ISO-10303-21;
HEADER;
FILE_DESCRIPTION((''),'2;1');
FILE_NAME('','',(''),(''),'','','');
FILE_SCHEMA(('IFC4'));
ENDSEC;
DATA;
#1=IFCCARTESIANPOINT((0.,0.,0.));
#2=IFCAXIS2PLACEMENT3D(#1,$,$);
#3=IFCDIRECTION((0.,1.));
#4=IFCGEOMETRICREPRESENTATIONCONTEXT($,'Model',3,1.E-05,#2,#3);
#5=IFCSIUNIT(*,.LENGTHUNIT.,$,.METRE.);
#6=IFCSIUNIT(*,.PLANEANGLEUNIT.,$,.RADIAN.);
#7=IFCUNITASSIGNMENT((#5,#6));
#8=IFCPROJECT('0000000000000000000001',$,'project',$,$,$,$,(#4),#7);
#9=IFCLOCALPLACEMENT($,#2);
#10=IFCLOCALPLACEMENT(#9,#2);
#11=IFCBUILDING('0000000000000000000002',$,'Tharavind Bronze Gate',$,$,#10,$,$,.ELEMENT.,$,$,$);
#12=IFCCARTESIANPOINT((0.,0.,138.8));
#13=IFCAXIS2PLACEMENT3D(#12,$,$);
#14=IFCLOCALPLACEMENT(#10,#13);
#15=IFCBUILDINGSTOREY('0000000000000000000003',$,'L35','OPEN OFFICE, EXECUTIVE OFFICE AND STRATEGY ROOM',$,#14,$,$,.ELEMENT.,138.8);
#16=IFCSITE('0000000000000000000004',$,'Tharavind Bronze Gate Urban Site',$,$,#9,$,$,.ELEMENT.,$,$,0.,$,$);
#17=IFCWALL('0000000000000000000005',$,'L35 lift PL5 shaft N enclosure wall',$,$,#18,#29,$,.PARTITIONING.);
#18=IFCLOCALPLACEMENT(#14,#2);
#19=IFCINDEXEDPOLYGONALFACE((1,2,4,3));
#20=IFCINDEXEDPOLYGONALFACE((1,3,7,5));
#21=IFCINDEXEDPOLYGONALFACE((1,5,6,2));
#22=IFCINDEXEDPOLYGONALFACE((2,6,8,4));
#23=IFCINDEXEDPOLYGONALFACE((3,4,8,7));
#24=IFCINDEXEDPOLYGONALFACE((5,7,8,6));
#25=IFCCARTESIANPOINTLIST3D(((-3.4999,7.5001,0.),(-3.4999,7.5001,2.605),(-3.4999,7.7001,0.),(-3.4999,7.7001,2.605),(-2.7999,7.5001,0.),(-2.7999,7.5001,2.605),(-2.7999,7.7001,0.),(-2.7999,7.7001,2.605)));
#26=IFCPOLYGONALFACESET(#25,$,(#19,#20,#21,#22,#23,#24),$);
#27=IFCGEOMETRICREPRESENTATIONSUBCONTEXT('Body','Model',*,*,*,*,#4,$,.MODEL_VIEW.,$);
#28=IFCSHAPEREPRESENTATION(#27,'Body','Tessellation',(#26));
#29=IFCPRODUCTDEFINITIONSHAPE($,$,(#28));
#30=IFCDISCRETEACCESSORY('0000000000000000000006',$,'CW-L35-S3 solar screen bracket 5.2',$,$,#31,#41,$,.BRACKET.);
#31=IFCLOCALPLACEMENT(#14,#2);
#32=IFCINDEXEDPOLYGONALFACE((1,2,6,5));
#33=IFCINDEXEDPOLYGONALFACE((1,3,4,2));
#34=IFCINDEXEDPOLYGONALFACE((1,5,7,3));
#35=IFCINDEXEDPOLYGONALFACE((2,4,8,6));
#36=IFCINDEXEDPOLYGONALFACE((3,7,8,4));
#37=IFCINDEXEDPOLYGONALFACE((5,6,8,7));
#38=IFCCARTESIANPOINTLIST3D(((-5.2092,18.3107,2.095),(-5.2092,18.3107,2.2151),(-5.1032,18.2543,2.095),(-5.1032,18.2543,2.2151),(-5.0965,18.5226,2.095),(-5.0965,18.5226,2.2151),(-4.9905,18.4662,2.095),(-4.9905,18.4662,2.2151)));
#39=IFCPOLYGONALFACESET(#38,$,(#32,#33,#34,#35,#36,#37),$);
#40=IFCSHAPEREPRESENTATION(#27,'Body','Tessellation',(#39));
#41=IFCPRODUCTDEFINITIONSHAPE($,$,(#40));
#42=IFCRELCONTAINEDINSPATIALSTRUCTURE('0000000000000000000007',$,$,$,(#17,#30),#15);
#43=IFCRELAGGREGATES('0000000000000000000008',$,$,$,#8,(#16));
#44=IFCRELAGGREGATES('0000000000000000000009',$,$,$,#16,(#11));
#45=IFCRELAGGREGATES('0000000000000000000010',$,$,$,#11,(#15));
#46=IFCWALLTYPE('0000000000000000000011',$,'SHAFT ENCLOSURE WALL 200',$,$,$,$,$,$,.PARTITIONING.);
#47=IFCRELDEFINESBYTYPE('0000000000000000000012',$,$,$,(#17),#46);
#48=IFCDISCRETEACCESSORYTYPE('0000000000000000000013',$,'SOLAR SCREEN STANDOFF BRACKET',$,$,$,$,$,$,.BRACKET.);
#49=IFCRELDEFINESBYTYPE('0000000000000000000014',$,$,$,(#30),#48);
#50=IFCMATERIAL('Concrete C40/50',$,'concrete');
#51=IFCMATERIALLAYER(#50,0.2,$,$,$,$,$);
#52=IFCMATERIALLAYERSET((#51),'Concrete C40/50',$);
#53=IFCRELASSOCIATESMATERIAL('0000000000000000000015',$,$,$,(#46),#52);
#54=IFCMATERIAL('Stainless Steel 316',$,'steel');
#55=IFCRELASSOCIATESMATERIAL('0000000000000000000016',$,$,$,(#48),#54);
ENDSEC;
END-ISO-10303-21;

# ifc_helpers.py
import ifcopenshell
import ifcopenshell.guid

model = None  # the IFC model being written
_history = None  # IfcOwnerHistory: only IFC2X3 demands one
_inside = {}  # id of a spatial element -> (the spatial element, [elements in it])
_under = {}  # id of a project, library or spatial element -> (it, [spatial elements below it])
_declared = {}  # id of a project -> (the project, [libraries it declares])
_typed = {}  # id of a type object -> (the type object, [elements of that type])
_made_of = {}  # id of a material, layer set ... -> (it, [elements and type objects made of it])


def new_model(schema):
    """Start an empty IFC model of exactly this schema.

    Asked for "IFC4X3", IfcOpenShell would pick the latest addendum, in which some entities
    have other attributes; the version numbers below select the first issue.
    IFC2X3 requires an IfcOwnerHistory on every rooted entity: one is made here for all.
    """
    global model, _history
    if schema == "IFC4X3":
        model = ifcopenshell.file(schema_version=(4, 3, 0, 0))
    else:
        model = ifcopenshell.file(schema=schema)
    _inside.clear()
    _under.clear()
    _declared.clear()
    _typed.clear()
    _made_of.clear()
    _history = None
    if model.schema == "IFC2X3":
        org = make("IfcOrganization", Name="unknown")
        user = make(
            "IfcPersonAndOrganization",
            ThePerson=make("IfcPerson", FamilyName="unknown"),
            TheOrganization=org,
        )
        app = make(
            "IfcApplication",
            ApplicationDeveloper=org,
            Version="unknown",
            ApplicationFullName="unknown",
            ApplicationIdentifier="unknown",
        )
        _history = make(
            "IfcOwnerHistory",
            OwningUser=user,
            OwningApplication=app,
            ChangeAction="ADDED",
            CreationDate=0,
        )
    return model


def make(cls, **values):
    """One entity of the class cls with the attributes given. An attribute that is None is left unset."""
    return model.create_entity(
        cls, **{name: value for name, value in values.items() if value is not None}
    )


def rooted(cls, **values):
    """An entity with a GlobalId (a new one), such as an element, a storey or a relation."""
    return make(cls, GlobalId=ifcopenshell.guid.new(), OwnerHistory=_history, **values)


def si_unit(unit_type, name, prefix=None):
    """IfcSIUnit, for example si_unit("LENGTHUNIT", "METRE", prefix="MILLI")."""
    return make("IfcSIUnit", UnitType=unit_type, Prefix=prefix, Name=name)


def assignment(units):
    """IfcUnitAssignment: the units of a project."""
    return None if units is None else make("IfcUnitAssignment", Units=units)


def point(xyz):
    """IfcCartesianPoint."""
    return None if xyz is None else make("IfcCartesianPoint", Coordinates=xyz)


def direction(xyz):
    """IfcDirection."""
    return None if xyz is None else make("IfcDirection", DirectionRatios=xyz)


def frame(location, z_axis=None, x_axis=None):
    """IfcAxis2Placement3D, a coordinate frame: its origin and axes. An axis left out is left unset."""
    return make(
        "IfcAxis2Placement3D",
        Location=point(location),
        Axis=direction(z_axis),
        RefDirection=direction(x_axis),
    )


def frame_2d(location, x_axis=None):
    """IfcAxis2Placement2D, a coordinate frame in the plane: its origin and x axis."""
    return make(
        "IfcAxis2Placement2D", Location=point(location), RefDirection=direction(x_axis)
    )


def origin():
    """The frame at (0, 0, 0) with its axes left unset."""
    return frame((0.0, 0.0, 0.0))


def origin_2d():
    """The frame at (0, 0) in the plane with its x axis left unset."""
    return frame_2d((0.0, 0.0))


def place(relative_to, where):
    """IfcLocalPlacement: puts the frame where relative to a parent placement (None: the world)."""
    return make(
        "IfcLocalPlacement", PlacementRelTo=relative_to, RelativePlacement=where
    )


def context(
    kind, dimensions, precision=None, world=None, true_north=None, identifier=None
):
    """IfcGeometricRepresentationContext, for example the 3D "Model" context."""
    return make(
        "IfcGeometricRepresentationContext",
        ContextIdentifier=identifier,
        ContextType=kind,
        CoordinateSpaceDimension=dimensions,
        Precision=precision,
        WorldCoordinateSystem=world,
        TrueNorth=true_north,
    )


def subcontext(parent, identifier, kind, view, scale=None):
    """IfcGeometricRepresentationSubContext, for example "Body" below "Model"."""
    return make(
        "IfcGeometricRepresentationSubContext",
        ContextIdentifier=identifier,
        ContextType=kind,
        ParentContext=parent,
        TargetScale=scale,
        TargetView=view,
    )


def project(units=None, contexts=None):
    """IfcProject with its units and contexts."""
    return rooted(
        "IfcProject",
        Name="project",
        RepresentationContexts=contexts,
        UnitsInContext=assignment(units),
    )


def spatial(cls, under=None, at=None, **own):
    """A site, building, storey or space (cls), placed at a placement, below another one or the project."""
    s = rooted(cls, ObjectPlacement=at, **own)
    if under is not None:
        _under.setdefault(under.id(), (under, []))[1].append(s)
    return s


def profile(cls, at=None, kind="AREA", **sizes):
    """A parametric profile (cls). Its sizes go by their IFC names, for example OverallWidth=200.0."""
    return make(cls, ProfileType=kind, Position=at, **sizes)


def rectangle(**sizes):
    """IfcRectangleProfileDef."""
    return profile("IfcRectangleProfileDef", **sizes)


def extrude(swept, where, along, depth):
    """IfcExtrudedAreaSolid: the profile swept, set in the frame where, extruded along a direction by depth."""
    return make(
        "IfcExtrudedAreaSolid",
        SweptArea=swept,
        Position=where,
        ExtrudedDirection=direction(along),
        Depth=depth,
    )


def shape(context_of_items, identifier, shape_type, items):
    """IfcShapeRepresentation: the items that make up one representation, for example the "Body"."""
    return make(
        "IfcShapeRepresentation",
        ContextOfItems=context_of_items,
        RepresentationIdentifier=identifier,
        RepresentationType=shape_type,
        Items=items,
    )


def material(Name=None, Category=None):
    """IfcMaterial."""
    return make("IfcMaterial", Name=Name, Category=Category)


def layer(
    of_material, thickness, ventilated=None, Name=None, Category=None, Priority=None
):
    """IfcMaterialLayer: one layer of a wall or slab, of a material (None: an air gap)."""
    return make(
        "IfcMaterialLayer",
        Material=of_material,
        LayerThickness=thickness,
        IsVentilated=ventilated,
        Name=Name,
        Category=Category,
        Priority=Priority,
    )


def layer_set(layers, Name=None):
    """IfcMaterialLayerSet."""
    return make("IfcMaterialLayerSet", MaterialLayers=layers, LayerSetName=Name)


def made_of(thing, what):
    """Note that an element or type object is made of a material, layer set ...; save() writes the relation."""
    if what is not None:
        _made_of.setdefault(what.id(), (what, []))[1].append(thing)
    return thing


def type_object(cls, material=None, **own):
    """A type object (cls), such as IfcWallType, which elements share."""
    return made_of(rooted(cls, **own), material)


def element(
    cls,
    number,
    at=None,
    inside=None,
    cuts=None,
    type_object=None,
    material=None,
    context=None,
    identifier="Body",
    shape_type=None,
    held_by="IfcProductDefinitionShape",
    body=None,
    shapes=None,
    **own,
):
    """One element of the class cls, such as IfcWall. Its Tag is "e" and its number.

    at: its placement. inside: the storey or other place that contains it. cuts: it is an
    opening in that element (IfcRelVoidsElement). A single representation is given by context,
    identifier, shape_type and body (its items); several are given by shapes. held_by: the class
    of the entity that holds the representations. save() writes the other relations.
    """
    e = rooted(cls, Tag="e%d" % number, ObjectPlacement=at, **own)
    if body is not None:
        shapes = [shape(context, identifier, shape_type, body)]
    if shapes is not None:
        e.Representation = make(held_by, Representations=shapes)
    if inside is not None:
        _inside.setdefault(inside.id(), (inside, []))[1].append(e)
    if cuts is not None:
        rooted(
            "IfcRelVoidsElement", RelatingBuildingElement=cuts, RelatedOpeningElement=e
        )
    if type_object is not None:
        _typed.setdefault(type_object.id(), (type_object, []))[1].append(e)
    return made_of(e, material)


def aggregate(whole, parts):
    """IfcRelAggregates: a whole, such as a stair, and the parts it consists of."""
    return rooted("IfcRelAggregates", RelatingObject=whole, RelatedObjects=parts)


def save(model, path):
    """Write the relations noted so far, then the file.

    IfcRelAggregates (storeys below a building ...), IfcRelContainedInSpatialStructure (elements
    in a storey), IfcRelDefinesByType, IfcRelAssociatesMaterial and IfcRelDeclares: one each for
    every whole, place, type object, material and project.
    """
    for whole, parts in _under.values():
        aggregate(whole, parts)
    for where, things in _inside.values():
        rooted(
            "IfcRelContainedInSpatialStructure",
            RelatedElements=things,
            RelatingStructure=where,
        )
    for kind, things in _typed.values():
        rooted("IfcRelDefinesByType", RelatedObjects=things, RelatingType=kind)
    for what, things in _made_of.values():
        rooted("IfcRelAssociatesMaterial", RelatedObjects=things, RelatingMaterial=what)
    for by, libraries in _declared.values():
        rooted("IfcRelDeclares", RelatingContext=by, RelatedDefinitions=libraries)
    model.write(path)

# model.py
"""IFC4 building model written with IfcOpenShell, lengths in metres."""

from ifc_helpers import new_model, si_unit, direction, frame, frame_2d, origin, origin_2d, place, context, subcontext, project, spatial, rectangle, extrude, material, layer, layer_set, type_object, element, save


model = new_model("IFC4")

# Units and contexts
model_context = context("Model", 3, precision=1e-05, world=origin(), true_north=direction((0.0, 1.0)))
body_context = subcontext(model_context, "Body", "Model", "MODEL_VIEW")
ifc_project = project(units=[si_unit("LENGTHUNIT", "METRE"), si_unit("PLANEANGLEUNIT", "RADIAN")], contexts=[model_context])

# Site, building, storey
site_placement = place(None, origin())
site = spatial("IfcSite", under=ifc_project, at=site_placement, Name="Tharavind Bronze Gate Urban Site", CompositionType="ELEMENT", RefElevation=0.0)
building_placement = place(site_placement, origin())
building = spatial("IfcBuilding", under=site, at=building_placement, Name="Tharavind Bronze Gate", CompositionType="ELEMENT")
storey_placement = place(building_placement, frame((0.0, 0.0, 138.8)))
storey = spatial("IfcBuildingStorey", under=building, at=storey_placement, Name="L35", Description="OPEN OFFICE, EXECUTIVE OFFICE AND STRATEGY ROOM", CompositionType="ELEMENT", Elevation=138.8)

# Wall
ifc_material_1 = material(Name="Concrete C40/50", Category="concrete")
ifc_layer_1 = layer(ifc_material_1, 0.2)
ifc_layer_set_1 = layer_set([ifc_layer_1], Name="Concrete C40/50")
wall_type_1 = type_object("IfcWallType", Name="SHAFT ENCLOSURE WALL 200", PredefinedType="PARTITIONING", material=ifc_layer_set_1)
wall_1_placement = place(storey_placement, frame((-3.5, 7.6001, 0.0), z_axis=(0.0, 0.0, 1.0), x_axis=(1.0, 0.0, 0.0)))
element("IfcWall", 1, at=wall_1_placement, inside=storey, type_object=wall_type_1, Name="L35 lift PL5 shaft N enclosure wall", PredefinedType="PARTITIONING", context=body_context, shape_type="SweptSolid", body=[
    extrude(rectangle(XDim=0.7, YDim=0.2, at=frame_2d((0.3501, 0.0))), origin(), (0.0, 0.0, 1.0), 2.605),
])

# Discrete accessory
ifc_material_2 = material(Name="Stainless Steel 316", Category="steel")
discrete_accessory_type = type_object("IfcDiscreteAccessoryType", Name="SOLAR SCREEN STANDOFF BRACKET", PredefinedType="BRACKET", material=ifc_material_2)
discrete_accessory_placement = place(storey_placement, frame((-5.0999, 18.3884, 2.095), z_axis=(0.0, 0.0, 1.0), x_axis=(-0.882948, 0.469472, 0.0)))
element("IfcDiscreteAccessory", 2, at=discrete_accessory_placement, inside=storey, type_object=discrete_accessory_type, Name="CW-L35-S3 solar screen bracket 5.2", PredefinedType="BRACKET", context=body_context, shape_type="SweptSolid", body=[
    extrude(rectangle(XDim=0.1201, YDim=0.24, at=origin_2d()), origin(), (0.0, 0.0, 1.0), 0.1201),
])

save(model, "model.ifc")
